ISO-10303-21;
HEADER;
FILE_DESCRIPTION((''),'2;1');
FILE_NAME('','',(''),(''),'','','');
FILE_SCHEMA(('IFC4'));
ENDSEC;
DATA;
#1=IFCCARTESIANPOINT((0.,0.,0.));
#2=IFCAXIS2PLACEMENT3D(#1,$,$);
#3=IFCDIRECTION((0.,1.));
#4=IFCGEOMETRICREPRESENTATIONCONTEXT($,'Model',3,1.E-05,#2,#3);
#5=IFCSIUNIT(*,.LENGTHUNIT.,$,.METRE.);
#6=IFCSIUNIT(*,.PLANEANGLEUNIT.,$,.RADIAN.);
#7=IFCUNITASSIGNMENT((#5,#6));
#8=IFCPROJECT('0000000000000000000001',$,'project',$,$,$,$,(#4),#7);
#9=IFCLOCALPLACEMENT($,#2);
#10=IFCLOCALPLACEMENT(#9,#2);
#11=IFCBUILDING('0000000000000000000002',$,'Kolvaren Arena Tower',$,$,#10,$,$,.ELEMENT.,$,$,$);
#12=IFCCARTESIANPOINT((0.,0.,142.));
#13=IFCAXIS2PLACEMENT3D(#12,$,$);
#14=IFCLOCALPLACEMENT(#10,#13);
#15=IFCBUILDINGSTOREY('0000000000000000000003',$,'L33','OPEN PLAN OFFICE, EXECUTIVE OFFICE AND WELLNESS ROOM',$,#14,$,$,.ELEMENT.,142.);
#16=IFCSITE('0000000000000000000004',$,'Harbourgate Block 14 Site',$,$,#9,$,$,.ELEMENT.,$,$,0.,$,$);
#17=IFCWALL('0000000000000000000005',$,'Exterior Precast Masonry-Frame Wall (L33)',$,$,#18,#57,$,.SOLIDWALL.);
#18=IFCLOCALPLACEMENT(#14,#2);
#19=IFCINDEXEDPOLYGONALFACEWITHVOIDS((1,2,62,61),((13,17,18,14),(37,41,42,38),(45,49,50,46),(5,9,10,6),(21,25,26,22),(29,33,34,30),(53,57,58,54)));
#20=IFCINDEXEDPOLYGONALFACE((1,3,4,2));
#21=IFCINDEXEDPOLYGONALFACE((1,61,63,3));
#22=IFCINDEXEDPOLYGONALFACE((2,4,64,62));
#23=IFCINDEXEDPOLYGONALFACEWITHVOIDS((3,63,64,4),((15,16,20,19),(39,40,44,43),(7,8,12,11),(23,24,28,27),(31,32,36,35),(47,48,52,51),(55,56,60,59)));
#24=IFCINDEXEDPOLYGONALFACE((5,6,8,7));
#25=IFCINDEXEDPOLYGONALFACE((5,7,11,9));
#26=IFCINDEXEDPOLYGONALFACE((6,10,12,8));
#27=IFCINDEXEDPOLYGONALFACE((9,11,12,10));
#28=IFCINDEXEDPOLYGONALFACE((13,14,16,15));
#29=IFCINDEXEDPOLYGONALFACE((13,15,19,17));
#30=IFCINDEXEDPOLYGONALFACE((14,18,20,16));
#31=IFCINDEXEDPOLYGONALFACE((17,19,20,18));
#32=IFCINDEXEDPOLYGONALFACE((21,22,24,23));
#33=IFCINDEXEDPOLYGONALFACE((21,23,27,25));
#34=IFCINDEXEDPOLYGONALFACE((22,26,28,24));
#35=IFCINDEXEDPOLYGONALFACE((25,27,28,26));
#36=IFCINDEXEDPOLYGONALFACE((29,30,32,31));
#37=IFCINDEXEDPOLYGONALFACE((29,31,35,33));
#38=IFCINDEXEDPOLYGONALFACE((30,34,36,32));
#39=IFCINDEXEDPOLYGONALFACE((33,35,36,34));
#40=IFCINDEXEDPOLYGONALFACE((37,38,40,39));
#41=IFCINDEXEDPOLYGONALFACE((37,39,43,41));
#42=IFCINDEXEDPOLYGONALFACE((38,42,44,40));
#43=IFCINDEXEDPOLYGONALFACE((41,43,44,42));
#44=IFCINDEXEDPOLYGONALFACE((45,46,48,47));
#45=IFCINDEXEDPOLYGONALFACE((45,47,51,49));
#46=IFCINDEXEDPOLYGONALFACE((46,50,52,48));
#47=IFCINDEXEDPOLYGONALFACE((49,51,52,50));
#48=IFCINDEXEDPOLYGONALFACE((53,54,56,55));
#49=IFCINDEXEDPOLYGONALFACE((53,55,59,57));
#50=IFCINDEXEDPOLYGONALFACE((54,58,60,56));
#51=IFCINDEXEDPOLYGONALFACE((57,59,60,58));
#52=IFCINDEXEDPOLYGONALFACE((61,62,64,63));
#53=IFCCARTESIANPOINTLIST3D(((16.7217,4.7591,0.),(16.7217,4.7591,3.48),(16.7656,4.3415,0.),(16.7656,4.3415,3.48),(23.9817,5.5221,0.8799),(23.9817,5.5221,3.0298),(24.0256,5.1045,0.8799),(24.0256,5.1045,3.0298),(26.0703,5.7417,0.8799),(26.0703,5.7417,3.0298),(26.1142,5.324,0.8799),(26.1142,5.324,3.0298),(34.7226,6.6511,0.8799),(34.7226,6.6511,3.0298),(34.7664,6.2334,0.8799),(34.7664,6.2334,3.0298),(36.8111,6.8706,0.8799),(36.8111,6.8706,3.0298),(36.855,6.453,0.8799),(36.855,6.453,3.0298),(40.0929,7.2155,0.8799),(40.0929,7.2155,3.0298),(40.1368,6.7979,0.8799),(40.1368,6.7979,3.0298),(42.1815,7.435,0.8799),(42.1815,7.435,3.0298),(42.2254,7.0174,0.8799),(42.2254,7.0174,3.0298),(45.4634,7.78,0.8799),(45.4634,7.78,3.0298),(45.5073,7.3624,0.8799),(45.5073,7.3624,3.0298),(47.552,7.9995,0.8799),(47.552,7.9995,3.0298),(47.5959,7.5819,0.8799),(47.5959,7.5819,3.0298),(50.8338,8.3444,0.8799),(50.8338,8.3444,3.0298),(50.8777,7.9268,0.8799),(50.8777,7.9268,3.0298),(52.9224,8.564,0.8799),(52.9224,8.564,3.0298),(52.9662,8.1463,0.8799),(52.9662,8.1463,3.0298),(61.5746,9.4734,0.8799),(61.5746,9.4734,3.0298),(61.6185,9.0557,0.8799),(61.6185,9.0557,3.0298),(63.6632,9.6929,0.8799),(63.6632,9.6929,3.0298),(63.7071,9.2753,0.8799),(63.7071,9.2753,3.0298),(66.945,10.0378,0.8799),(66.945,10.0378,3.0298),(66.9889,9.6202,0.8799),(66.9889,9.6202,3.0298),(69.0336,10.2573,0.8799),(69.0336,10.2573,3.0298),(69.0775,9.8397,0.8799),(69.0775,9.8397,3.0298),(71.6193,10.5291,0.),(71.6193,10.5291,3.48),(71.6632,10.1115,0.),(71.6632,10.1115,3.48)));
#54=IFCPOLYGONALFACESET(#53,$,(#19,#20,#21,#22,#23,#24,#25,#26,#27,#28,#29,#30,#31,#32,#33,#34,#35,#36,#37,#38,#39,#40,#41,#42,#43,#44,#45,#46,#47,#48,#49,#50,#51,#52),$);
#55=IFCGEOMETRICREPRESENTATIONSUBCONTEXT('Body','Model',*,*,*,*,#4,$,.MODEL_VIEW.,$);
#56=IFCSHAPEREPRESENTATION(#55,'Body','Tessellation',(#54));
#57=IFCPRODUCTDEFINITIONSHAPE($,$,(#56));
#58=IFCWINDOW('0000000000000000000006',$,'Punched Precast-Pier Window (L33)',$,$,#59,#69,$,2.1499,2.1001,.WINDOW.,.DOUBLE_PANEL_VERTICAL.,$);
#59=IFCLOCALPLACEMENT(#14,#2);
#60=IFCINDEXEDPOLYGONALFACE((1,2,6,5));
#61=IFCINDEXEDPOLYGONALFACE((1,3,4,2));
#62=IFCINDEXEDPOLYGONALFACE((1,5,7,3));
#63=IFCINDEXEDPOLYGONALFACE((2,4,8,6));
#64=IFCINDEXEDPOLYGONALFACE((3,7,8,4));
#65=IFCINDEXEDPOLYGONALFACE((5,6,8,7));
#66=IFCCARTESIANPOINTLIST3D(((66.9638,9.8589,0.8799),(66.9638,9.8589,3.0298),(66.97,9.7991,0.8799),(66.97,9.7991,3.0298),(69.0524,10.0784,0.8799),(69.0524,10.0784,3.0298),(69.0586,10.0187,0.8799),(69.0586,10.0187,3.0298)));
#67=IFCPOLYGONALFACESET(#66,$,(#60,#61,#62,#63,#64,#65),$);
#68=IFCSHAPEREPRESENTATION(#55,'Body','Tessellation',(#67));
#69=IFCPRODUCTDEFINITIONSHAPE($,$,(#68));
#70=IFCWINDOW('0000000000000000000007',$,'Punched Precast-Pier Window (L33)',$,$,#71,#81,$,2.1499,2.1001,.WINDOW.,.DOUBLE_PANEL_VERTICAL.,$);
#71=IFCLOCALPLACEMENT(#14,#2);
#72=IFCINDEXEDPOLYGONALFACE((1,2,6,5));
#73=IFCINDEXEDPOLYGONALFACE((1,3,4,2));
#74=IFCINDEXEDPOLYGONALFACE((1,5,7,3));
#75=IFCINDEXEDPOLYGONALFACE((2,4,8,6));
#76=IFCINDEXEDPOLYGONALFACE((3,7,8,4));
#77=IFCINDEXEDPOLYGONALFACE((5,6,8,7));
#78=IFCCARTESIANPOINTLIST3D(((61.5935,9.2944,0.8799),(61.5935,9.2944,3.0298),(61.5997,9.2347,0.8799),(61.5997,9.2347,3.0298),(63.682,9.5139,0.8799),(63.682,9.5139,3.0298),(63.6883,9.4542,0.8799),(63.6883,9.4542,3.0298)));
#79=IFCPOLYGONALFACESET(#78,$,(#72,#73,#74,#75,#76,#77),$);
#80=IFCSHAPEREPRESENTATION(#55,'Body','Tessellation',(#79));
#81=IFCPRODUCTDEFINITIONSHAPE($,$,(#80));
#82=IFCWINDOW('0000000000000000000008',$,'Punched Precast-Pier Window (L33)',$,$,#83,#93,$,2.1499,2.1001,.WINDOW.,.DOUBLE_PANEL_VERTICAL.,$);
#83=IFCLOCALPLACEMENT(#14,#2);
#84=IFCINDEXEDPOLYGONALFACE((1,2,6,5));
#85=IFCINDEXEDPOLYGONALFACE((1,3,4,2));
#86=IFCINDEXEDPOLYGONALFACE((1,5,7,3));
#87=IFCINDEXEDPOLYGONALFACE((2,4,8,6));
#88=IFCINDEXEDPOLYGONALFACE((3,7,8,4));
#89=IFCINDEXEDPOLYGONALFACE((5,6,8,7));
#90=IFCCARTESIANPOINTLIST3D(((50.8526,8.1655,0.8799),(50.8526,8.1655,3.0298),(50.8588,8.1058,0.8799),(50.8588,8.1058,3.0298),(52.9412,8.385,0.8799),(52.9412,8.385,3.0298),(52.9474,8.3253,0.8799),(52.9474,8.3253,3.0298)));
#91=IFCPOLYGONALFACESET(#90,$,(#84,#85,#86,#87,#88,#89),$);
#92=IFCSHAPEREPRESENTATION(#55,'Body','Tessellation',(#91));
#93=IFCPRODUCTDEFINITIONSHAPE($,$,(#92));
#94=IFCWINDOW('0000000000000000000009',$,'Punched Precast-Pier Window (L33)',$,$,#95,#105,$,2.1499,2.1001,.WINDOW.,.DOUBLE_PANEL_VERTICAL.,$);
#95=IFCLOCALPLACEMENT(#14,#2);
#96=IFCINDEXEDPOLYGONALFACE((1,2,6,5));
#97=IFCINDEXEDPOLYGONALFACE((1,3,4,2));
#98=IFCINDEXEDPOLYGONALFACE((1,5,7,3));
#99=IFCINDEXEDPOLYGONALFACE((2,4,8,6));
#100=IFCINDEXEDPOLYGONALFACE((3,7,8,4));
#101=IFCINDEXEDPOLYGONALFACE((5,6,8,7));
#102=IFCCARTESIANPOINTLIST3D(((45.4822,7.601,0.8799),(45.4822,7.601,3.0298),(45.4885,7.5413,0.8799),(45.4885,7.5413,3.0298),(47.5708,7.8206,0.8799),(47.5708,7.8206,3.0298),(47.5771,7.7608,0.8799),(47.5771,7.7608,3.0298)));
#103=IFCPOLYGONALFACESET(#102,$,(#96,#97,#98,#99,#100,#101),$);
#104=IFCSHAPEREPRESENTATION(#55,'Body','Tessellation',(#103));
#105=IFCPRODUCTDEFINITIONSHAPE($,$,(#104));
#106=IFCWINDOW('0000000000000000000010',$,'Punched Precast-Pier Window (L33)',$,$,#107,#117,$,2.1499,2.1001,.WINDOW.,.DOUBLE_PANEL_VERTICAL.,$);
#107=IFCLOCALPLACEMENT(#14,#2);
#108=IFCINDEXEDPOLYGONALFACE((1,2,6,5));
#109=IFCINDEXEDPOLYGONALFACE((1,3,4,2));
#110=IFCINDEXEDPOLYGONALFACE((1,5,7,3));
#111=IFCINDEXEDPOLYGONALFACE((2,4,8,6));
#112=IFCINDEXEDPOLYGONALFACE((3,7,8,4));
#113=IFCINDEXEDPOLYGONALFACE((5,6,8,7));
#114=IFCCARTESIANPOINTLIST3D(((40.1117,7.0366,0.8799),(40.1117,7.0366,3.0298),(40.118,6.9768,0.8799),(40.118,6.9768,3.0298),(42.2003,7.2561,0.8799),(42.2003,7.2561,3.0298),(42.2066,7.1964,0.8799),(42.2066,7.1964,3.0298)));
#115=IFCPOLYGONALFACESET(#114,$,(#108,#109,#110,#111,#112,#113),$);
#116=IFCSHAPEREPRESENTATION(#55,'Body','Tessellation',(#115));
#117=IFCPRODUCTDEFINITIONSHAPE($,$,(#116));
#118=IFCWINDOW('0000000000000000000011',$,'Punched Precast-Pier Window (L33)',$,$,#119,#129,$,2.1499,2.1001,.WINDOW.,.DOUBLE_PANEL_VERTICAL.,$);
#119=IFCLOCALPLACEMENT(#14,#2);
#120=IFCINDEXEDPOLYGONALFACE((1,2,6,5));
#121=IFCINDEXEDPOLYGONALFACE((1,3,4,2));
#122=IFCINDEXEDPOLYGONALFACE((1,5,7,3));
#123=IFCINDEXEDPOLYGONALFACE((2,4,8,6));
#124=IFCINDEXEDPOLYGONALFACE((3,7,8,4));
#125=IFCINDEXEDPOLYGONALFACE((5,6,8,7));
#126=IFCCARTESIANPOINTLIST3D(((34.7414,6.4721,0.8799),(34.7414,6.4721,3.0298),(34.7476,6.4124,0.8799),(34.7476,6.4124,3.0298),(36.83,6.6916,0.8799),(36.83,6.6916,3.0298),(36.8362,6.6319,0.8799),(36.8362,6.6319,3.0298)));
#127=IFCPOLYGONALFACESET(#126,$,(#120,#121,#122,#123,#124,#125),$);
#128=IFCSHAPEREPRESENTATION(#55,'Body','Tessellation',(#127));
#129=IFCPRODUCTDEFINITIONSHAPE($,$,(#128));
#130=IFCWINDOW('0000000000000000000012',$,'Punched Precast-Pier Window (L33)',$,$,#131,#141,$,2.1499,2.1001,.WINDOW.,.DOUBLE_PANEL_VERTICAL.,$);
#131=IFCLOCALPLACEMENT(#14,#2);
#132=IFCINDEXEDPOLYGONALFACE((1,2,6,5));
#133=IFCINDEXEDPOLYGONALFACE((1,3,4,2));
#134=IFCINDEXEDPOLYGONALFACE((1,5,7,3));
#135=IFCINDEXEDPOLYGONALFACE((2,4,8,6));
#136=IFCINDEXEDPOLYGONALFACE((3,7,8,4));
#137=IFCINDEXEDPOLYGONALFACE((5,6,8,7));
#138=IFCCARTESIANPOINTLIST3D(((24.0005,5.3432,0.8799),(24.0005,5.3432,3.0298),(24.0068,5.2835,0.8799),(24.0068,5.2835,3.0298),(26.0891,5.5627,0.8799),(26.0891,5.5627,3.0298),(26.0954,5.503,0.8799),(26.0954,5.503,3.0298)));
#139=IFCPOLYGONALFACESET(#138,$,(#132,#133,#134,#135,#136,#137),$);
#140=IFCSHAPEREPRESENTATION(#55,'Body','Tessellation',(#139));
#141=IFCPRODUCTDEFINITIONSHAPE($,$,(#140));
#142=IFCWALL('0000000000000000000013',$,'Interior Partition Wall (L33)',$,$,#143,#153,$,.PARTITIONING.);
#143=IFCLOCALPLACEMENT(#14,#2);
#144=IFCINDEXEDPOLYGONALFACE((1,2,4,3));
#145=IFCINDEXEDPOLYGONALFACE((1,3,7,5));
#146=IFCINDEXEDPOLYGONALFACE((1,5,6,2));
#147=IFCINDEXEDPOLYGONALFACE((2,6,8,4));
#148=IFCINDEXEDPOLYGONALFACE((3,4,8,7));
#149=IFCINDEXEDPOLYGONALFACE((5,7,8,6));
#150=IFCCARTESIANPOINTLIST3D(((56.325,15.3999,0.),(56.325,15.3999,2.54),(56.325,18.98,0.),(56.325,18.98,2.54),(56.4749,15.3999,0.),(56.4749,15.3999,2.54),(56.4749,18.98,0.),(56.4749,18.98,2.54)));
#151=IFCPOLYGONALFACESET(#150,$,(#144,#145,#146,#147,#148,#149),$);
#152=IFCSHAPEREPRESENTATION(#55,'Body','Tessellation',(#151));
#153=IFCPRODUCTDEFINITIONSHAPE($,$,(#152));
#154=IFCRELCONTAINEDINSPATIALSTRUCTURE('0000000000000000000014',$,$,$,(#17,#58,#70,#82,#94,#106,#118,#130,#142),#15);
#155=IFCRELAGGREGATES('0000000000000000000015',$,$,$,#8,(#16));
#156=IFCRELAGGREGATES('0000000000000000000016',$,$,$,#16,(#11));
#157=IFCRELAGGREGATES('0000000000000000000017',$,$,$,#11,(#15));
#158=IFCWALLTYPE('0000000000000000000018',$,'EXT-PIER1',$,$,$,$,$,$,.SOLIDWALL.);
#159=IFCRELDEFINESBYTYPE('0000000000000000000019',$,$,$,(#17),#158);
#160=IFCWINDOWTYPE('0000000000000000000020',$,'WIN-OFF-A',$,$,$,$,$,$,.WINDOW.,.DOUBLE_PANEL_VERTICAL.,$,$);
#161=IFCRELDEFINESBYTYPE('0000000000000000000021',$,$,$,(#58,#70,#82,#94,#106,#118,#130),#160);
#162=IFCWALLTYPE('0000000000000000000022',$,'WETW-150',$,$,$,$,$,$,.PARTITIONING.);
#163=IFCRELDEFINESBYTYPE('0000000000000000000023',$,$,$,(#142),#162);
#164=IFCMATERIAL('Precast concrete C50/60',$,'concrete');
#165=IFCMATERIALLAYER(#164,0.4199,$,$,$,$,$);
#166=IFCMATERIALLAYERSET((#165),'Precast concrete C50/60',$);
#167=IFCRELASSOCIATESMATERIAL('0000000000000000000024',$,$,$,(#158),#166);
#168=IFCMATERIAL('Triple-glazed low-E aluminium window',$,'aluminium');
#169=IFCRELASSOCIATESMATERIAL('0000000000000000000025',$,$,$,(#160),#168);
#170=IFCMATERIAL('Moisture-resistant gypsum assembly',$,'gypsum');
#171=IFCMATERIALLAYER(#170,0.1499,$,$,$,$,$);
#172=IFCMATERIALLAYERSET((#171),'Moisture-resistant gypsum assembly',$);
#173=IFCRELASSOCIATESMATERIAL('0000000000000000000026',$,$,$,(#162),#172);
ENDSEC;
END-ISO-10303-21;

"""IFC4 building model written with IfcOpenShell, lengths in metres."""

from ifc_helpers import new_model, si_unit, direction, frame, frame_2d, origin, place, context, subcontext, project, spatial, rectangle, extrude, material, layer, layer_set, type_object, element, fill, save


model = new_model("IFC4")

# Units and contexts
model_context = context("Model", 3, precision=1e-05, world=origin(), true_north=direction((0.0, 1.0)))
body_context = subcontext(model_context, "Body", "Model", "MODEL_VIEW")
ifc_project = project(units=[si_unit("LENGTHUNIT", "METRE"), si_unit("PLANEANGLEUNIT", "RADIAN")], contexts=[model_context])

# Site, building, storey
site_placement = place(None, origin())
site = spatial("IfcSite", under=ifc_project, at=site_placement, Name="Harbourgate Block 14 Site", CompositionType="ELEMENT", RefElevation=0.0)
building_placement = place(site_placement, origin())
building = spatial("IfcBuilding", under=site, at=building_placement, Name="Kolvaren Arena Tower", CompositionType="ELEMENT")
storey_placement = place(building_placement, frame((0.0, 0.0, 142.0)))
storey = spatial("IfcBuildingStorey", under=building, at=storey_placement, Name="L33", Description="OPEN PLAN OFFICE, EXECUTIVE OFFICE AND WELLNESS ROOM", CompositionType="ELEMENT", Elevation=142.0)

# Shared definitions
ifc_material_1 = material(Name="Precast concrete C50/60", Category="concrete")
ifc_layer_1 = layer(ifc_material_1, 0.4199)
ifc_layer_set_1 = layer_set([ifc_layer_1], Name="Precast concrete C50/60")
wall_type_1 = type_object("IfcWallType", Name="EXT-PIER1", PredefinedType="SOLIDWALL", material=ifc_layer_set_1)

# Wall, openings, windows
wall_1_placement = place(storey_placement, frame((71.6414, 10.3203, 0.0), z_axis=(0.0, 0.0, 1.0), x_axis=(-0.994522, -0.10453, 0.0)))
wall_1 = element("IfcWall", 1, at=wall_1_placement, inside=storey, type_object=wall_type_1, Name="Exterior Precast Masonry-Frame Wall (L33)", PredefinedType="SOLIDWALL", context=body_context, shape_type="SweptSolid", body=[
    extrude(rectangle(XDim=55.2, YDim=0.4199, at=frame_2d((27.6001, 0.0))), origin(), (0.0, 0.0, 1.0), 3.48),
])
opening_1_placement = place(wall_1_placement, frame((2.6001, 0.0, 0.8799)))
opening_1 = element("IfcOpeningElement", 2, at=opening_1_placement, cuts=wall_1, PredefinedType="OPENING", context=body_context, shape_type="SweptSolid", body=[
    extrude(rectangle(XDim=2.1001, YDim=2.1499, at=frame_2d((1.05, 1.075))), frame((0.0, 0.22, 0.0), z_axis=(0.0, -1.0, 0.0), x_axis=(1.0, 0.0, 0.0)), (0.0, 0.0, 1.0), 0.4399),
])
opening_2_placement = place(wall_1_placement, frame((8.0, 0.0, 0.8799)))
opening_2 = element("IfcOpeningElement", 3, at=opening_2_placement, cuts=wall_1, PredefinedType="OPENING", context=body_context, shape_type="SweptSolid", body=[
    extrude(rectangle(XDim=2.1001, YDim=2.1499, at=frame_2d((1.05, 1.075))), frame((0.0, 0.22, 0.0), z_axis=(0.0, -1.0, 0.0), x_axis=(1.0, 0.0, 0.0)), (0.0, 0.0, 1.0), 0.4399),
])
opening_3_placement = place(wall_1_placement, frame((18.8, 0.0, 0.8799)))
opening_3 = element("IfcOpeningElement", 4, at=opening_3_placement, cuts=wall_1, PredefinedType="OPENING", context=body_context, shape_type="SweptSolid", body=[
    extrude(rectangle(XDim=2.1001, YDim=2.1499, at=frame_2d((1.05, 1.075))), frame((0.0, 0.22, 0.0), z_axis=(0.0, -1.0, 0.0), x_axis=(1.0, 0.0, 0.0)), (0.0, 0.0, 1.0), 0.4399),
])
opening_4_placement = place(wall_1_placement, frame((24.2, 0.0, 0.8799)))
opening_4 = element("IfcOpeningElement", 5, at=opening_4_placement, cuts=wall_1, PredefinedType="OPENING", context=body_context, shape_type="SweptSolid", body=[
    extrude(rectangle(XDim=2.1001, YDim=2.1499, at=frame_2d((1.05, 1.075))), frame((0.0, 0.22, 0.0), z_axis=(0.0, -1.0, 0.0), x_axis=(1.0, 0.0, 0.0)), (0.0, 0.0, 1.0), 0.4399),
])
opening_5_placement = place(wall_1_placement, frame((29.6001, 0.0, 0.8799)))
opening_5 = element("IfcOpeningElement", 6, at=opening_5_placement, cuts=wall_1, PredefinedType="OPENING", context=body_context, shape_type="SweptSolid", body=[
    extrude(rectangle(XDim=2.1001, YDim=2.1499, at=frame_2d((1.05, 1.075))), frame((0.0, 0.22, 0.0), z_axis=(0.0, -1.0, 0.0), x_axis=(1.0, 0.0, 0.0)), (0.0, 0.0, 1.0), 0.4399),
])
opening_6_placement = place(wall_1_placement, frame((35.0, 0.0, 0.8799)))
opening_6 = element("IfcOpeningElement", 7, at=opening_6_placement, cuts=wall_1, PredefinedType="OPENING", context=body_context, shape_type="SweptSolid", body=[
    extrude(rectangle(XDim=2.1001, YDim=2.1499, at=frame_2d((1.05, 1.075))), frame((0.0, 0.22, 0.0), z_axis=(0.0, -1.0, 0.0), x_axis=(1.0, 0.0, 0.0)), (0.0, 0.0, 1.0), 0.4399),
])
opening_7_placement = place(wall_1_placement, frame((45.8, 0.0, 0.8799)))
opening_7 = element("IfcOpeningElement", 8, at=opening_7_placement, cuts=wall_1, PredefinedType="OPENING", context=body_context, shape_type="SweptSolid", body=[
    extrude(rectangle(XDim=2.1001, YDim=2.1499, at=frame_2d((1.05, 1.075))), frame((0.0, 0.22, 0.0), z_axis=(0.0, -1.0, 0.0), x_axis=(1.0, 0.0, 0.0)), (0.0, 0.0, 1.0), 0.4399),
])
ifc_material_2 = material(Name="Triple-glazed low-E aluminium window", Category="aluminium")
window_type = type_object("IfcWindowType", Name="WIN-OFF-A", PartitioningType="DOUBLE_PANEL_VERTICAL", PredefinedType="WINDOW", material=ifc_material_2)
window_1_placement = place(opening_1_placement, origin())
window_1 = element("IfcWindow", 9, at=window_1_placement, inside=storey, type_object=window_type, Name="Punched Precast-Pier Window (L33)", OverallHeight=2.1499, OverallWidth=2.1001, PartitioningType="DOUBLE_PANEL_VERTICAL", PredefinedType="WINDOW", context=body_context, shape_type="SweptSolid", body=[
    extrude(rectangle(XDim=2.1001, YDim=2.1499, at=frame_2d((1.05, 1.075))), frame((0.0, 0.03, 0.0), z_axis=(0.0, -1.0, 0.0), x_axis=(1.0, 0.0, 0.0)), (0.0, 0.0, 1.0), 0.0601),
])
fill(opening_1, window_1)
window_2_placement = place(opening_2_placement, origin())
window_2 = element("IfcWindow", 10, at=window_2_placement, inside=storey, type_object=window_type, Name="Punched Precast-Pier Window (L33)", OverallHeight=2.1499, OverallWidth=2.1001, PartitioningType="DOUBLE_PANEL_VERTICAL", PredefinedType="WINDOW", context=body_context, shape_type="SweptSolid", body=[
    extrude(rectangle(XDim=2.1001, YDim=2.1499, at=frame_2d((1.05, 1.075))), frame((0.0, 0.03, 0.0), z_axis=(0.0, -1.0, 0.0), x_axis=(1.0, 0.0, 0.0)), (0.0, 0.0, 1.0), 0.0601),
])
fill(opening_2, window_2)
window_3_placement = place(opening_3_placement, origin())
window_3 = element("IfcWindow", 11, at=window_3_placement, inside=storey, type_object=window_type, Name="Punched Precast-Pier Window (L33)", OverallHeight=2.1499, OverallWidth=2.1001, PartitioningType="DOUBLE_PANEL_VERTICAL", PredefinedType="WINDOW", context=body_context, shape_type="SweptSolid", body=[
    extrude(rectangle(XDim=2.1001, YDim=2.1499, at=frame_2d((1.05, 1.075))), frame((0.0, 0.03, 0.0), z_axis=(0.0, -1.0, 0.0), x_axis=(1.0, 0.0, 0.0)), (0.0, 0.0, 1.0), 0.0601),
])
fill(opening_3, window_3)
window_4_placement = place(opening_4_placement, origin())
window_4 = element("IfcWindow", 12, at=window_4_placement, inside=storey, type_object=window_type, Name="Punched Precast-Pier Window (L33)", OverallHeight=2.1499, OverallWidth=2.1001, PartitioningType="DOUBLE_PANEL_VERTICAL", PredefinedType="WINDOW", context=body_context, shape_type="SweptSolid", body=[
    extrude(rectangle(XDim=2.1001, YDim=2.1499, at=frame_2d((1.05, 1.075))), frame((0.0, 0.03, 0.0), z_axis=(0.0, -1.0, 0.0), x_axis=(1.0, 0.0, 0.0)), (0.0, 0.0, 1.0), 0.0601),
])
fill(opening_4, window_4)
window_5_placement = place(opening_5_placement, origin())
window_5 = element("IfcWindow", 13, at=window_5_placement, inside=storey, type_object=window_type, Name="Punched Precast-Pier Window (L33)", OverallHeight=2.1499, OverallWidth=2.1001, PartitioningType="DOUBLE_PANEL_VERTICAL", PredefinedType="WINDOW", context=body_context, shape_type="SweptSolid", body=[
    extrude(rectangle(XDim=2.1001, YDim=2.1499, at=frame_2d((1.05, 1.075))), frame((0.0, 0.03, 0.0), z_axis=(0.0, -1.0, 0.0), x_axis=(1.0, 0.0, 0.0)), (0.0, 0.0, 1.0), 0.0601),
])
fill(opening_5, window_5)
window_6_placement = place(opening_6_placement, origin())
window_6 = element("IfcWindow", 14, at=window_6_placement, inside=storey, type_object=window_type, Name="Punched Precast-Pier Window (L33)", OverallHeight=2.1499, OverallWidth=2.1001, PartitioningType="DOUBLE_PANEL_VERTICAL", PredefinedType="WINDOW", context=body_context, shape_type="SweptSolid", body=[
    extrude(rectangle(XDim=2.1001, YDim=2.1499, at=frame_2d((1.05, 1.075))), frame((0.0, 0.03, 0.0), z_axis=(0.0, -1.0, 0.0), x_axis=(1.0, 0.0, 0.0)), (0.0, 0.0, 1.0), 0.0601),
])
fill(opening_6, window_6)
window_7_placement = place(opening_7_placement, origin())
window_7 = element("IfcWindow", 15, at=window_7_placement, inside=storey, type_object=window_type, Name="Punched Precast-Pier Window (L33)", OverallHeight=2.1499, OverallWidth=2.1001, PartitioningType="DOUBLE_PANEL_VERTICAL", PredefinedType="WINDOW", context=body_context, shape_type="SweptSolid", body=[
    extrude(rectangle(XDim=2.1001, YDim=2.1499, at=frame_2d((1.05, 1.075))), frame((0.0, 0.03, 0.0), z_axis=(0.0, -1.0, 0.0), x_axis=(1.0, 0.0, 0.0)), (0.0, 0.0, 1.0), 0.0601),
])
fill(opening_7, window_7)

# Wall
ifc_material_3 = material(Name="Moisture-resistant gypsum assembly", Category="gypsum")
ifc_layer_2 = layer(ifc_material_3, 0.1499)
ifc_layer_set_2 = layer_set([ifc_layer_2], Name="Moisture-resistant gypsum assembly")
wall_type_2 = type_object("IfcWallType", Name="WETW-150", PredefinedType="PARTITIONING", material=ifc_layer_set_2)
wall_2_placement = place(storey_placement, frame((56.3999, 15.3999, 0.0), z_axis=(0.0, 0.0, 1.0), x_axis=(0.0, 1.0, 0.0)))
element("IfcWall", 16, at=wall_2_placement, inside=storey, type_object=wall_type_2, Name="Interior Partition Wall (L33)", PredefinedType="PARTITIONING", context=body_context, shape_type="SweptSolid", body=[
    extrude(rectangle(XDim=3.5801, YDim=0.1499, at=frame_2d((1.79, 0.0))), origin(), (0.0, 0.0, 1.0), 2.54),
])

save(model, "model.ifc")
